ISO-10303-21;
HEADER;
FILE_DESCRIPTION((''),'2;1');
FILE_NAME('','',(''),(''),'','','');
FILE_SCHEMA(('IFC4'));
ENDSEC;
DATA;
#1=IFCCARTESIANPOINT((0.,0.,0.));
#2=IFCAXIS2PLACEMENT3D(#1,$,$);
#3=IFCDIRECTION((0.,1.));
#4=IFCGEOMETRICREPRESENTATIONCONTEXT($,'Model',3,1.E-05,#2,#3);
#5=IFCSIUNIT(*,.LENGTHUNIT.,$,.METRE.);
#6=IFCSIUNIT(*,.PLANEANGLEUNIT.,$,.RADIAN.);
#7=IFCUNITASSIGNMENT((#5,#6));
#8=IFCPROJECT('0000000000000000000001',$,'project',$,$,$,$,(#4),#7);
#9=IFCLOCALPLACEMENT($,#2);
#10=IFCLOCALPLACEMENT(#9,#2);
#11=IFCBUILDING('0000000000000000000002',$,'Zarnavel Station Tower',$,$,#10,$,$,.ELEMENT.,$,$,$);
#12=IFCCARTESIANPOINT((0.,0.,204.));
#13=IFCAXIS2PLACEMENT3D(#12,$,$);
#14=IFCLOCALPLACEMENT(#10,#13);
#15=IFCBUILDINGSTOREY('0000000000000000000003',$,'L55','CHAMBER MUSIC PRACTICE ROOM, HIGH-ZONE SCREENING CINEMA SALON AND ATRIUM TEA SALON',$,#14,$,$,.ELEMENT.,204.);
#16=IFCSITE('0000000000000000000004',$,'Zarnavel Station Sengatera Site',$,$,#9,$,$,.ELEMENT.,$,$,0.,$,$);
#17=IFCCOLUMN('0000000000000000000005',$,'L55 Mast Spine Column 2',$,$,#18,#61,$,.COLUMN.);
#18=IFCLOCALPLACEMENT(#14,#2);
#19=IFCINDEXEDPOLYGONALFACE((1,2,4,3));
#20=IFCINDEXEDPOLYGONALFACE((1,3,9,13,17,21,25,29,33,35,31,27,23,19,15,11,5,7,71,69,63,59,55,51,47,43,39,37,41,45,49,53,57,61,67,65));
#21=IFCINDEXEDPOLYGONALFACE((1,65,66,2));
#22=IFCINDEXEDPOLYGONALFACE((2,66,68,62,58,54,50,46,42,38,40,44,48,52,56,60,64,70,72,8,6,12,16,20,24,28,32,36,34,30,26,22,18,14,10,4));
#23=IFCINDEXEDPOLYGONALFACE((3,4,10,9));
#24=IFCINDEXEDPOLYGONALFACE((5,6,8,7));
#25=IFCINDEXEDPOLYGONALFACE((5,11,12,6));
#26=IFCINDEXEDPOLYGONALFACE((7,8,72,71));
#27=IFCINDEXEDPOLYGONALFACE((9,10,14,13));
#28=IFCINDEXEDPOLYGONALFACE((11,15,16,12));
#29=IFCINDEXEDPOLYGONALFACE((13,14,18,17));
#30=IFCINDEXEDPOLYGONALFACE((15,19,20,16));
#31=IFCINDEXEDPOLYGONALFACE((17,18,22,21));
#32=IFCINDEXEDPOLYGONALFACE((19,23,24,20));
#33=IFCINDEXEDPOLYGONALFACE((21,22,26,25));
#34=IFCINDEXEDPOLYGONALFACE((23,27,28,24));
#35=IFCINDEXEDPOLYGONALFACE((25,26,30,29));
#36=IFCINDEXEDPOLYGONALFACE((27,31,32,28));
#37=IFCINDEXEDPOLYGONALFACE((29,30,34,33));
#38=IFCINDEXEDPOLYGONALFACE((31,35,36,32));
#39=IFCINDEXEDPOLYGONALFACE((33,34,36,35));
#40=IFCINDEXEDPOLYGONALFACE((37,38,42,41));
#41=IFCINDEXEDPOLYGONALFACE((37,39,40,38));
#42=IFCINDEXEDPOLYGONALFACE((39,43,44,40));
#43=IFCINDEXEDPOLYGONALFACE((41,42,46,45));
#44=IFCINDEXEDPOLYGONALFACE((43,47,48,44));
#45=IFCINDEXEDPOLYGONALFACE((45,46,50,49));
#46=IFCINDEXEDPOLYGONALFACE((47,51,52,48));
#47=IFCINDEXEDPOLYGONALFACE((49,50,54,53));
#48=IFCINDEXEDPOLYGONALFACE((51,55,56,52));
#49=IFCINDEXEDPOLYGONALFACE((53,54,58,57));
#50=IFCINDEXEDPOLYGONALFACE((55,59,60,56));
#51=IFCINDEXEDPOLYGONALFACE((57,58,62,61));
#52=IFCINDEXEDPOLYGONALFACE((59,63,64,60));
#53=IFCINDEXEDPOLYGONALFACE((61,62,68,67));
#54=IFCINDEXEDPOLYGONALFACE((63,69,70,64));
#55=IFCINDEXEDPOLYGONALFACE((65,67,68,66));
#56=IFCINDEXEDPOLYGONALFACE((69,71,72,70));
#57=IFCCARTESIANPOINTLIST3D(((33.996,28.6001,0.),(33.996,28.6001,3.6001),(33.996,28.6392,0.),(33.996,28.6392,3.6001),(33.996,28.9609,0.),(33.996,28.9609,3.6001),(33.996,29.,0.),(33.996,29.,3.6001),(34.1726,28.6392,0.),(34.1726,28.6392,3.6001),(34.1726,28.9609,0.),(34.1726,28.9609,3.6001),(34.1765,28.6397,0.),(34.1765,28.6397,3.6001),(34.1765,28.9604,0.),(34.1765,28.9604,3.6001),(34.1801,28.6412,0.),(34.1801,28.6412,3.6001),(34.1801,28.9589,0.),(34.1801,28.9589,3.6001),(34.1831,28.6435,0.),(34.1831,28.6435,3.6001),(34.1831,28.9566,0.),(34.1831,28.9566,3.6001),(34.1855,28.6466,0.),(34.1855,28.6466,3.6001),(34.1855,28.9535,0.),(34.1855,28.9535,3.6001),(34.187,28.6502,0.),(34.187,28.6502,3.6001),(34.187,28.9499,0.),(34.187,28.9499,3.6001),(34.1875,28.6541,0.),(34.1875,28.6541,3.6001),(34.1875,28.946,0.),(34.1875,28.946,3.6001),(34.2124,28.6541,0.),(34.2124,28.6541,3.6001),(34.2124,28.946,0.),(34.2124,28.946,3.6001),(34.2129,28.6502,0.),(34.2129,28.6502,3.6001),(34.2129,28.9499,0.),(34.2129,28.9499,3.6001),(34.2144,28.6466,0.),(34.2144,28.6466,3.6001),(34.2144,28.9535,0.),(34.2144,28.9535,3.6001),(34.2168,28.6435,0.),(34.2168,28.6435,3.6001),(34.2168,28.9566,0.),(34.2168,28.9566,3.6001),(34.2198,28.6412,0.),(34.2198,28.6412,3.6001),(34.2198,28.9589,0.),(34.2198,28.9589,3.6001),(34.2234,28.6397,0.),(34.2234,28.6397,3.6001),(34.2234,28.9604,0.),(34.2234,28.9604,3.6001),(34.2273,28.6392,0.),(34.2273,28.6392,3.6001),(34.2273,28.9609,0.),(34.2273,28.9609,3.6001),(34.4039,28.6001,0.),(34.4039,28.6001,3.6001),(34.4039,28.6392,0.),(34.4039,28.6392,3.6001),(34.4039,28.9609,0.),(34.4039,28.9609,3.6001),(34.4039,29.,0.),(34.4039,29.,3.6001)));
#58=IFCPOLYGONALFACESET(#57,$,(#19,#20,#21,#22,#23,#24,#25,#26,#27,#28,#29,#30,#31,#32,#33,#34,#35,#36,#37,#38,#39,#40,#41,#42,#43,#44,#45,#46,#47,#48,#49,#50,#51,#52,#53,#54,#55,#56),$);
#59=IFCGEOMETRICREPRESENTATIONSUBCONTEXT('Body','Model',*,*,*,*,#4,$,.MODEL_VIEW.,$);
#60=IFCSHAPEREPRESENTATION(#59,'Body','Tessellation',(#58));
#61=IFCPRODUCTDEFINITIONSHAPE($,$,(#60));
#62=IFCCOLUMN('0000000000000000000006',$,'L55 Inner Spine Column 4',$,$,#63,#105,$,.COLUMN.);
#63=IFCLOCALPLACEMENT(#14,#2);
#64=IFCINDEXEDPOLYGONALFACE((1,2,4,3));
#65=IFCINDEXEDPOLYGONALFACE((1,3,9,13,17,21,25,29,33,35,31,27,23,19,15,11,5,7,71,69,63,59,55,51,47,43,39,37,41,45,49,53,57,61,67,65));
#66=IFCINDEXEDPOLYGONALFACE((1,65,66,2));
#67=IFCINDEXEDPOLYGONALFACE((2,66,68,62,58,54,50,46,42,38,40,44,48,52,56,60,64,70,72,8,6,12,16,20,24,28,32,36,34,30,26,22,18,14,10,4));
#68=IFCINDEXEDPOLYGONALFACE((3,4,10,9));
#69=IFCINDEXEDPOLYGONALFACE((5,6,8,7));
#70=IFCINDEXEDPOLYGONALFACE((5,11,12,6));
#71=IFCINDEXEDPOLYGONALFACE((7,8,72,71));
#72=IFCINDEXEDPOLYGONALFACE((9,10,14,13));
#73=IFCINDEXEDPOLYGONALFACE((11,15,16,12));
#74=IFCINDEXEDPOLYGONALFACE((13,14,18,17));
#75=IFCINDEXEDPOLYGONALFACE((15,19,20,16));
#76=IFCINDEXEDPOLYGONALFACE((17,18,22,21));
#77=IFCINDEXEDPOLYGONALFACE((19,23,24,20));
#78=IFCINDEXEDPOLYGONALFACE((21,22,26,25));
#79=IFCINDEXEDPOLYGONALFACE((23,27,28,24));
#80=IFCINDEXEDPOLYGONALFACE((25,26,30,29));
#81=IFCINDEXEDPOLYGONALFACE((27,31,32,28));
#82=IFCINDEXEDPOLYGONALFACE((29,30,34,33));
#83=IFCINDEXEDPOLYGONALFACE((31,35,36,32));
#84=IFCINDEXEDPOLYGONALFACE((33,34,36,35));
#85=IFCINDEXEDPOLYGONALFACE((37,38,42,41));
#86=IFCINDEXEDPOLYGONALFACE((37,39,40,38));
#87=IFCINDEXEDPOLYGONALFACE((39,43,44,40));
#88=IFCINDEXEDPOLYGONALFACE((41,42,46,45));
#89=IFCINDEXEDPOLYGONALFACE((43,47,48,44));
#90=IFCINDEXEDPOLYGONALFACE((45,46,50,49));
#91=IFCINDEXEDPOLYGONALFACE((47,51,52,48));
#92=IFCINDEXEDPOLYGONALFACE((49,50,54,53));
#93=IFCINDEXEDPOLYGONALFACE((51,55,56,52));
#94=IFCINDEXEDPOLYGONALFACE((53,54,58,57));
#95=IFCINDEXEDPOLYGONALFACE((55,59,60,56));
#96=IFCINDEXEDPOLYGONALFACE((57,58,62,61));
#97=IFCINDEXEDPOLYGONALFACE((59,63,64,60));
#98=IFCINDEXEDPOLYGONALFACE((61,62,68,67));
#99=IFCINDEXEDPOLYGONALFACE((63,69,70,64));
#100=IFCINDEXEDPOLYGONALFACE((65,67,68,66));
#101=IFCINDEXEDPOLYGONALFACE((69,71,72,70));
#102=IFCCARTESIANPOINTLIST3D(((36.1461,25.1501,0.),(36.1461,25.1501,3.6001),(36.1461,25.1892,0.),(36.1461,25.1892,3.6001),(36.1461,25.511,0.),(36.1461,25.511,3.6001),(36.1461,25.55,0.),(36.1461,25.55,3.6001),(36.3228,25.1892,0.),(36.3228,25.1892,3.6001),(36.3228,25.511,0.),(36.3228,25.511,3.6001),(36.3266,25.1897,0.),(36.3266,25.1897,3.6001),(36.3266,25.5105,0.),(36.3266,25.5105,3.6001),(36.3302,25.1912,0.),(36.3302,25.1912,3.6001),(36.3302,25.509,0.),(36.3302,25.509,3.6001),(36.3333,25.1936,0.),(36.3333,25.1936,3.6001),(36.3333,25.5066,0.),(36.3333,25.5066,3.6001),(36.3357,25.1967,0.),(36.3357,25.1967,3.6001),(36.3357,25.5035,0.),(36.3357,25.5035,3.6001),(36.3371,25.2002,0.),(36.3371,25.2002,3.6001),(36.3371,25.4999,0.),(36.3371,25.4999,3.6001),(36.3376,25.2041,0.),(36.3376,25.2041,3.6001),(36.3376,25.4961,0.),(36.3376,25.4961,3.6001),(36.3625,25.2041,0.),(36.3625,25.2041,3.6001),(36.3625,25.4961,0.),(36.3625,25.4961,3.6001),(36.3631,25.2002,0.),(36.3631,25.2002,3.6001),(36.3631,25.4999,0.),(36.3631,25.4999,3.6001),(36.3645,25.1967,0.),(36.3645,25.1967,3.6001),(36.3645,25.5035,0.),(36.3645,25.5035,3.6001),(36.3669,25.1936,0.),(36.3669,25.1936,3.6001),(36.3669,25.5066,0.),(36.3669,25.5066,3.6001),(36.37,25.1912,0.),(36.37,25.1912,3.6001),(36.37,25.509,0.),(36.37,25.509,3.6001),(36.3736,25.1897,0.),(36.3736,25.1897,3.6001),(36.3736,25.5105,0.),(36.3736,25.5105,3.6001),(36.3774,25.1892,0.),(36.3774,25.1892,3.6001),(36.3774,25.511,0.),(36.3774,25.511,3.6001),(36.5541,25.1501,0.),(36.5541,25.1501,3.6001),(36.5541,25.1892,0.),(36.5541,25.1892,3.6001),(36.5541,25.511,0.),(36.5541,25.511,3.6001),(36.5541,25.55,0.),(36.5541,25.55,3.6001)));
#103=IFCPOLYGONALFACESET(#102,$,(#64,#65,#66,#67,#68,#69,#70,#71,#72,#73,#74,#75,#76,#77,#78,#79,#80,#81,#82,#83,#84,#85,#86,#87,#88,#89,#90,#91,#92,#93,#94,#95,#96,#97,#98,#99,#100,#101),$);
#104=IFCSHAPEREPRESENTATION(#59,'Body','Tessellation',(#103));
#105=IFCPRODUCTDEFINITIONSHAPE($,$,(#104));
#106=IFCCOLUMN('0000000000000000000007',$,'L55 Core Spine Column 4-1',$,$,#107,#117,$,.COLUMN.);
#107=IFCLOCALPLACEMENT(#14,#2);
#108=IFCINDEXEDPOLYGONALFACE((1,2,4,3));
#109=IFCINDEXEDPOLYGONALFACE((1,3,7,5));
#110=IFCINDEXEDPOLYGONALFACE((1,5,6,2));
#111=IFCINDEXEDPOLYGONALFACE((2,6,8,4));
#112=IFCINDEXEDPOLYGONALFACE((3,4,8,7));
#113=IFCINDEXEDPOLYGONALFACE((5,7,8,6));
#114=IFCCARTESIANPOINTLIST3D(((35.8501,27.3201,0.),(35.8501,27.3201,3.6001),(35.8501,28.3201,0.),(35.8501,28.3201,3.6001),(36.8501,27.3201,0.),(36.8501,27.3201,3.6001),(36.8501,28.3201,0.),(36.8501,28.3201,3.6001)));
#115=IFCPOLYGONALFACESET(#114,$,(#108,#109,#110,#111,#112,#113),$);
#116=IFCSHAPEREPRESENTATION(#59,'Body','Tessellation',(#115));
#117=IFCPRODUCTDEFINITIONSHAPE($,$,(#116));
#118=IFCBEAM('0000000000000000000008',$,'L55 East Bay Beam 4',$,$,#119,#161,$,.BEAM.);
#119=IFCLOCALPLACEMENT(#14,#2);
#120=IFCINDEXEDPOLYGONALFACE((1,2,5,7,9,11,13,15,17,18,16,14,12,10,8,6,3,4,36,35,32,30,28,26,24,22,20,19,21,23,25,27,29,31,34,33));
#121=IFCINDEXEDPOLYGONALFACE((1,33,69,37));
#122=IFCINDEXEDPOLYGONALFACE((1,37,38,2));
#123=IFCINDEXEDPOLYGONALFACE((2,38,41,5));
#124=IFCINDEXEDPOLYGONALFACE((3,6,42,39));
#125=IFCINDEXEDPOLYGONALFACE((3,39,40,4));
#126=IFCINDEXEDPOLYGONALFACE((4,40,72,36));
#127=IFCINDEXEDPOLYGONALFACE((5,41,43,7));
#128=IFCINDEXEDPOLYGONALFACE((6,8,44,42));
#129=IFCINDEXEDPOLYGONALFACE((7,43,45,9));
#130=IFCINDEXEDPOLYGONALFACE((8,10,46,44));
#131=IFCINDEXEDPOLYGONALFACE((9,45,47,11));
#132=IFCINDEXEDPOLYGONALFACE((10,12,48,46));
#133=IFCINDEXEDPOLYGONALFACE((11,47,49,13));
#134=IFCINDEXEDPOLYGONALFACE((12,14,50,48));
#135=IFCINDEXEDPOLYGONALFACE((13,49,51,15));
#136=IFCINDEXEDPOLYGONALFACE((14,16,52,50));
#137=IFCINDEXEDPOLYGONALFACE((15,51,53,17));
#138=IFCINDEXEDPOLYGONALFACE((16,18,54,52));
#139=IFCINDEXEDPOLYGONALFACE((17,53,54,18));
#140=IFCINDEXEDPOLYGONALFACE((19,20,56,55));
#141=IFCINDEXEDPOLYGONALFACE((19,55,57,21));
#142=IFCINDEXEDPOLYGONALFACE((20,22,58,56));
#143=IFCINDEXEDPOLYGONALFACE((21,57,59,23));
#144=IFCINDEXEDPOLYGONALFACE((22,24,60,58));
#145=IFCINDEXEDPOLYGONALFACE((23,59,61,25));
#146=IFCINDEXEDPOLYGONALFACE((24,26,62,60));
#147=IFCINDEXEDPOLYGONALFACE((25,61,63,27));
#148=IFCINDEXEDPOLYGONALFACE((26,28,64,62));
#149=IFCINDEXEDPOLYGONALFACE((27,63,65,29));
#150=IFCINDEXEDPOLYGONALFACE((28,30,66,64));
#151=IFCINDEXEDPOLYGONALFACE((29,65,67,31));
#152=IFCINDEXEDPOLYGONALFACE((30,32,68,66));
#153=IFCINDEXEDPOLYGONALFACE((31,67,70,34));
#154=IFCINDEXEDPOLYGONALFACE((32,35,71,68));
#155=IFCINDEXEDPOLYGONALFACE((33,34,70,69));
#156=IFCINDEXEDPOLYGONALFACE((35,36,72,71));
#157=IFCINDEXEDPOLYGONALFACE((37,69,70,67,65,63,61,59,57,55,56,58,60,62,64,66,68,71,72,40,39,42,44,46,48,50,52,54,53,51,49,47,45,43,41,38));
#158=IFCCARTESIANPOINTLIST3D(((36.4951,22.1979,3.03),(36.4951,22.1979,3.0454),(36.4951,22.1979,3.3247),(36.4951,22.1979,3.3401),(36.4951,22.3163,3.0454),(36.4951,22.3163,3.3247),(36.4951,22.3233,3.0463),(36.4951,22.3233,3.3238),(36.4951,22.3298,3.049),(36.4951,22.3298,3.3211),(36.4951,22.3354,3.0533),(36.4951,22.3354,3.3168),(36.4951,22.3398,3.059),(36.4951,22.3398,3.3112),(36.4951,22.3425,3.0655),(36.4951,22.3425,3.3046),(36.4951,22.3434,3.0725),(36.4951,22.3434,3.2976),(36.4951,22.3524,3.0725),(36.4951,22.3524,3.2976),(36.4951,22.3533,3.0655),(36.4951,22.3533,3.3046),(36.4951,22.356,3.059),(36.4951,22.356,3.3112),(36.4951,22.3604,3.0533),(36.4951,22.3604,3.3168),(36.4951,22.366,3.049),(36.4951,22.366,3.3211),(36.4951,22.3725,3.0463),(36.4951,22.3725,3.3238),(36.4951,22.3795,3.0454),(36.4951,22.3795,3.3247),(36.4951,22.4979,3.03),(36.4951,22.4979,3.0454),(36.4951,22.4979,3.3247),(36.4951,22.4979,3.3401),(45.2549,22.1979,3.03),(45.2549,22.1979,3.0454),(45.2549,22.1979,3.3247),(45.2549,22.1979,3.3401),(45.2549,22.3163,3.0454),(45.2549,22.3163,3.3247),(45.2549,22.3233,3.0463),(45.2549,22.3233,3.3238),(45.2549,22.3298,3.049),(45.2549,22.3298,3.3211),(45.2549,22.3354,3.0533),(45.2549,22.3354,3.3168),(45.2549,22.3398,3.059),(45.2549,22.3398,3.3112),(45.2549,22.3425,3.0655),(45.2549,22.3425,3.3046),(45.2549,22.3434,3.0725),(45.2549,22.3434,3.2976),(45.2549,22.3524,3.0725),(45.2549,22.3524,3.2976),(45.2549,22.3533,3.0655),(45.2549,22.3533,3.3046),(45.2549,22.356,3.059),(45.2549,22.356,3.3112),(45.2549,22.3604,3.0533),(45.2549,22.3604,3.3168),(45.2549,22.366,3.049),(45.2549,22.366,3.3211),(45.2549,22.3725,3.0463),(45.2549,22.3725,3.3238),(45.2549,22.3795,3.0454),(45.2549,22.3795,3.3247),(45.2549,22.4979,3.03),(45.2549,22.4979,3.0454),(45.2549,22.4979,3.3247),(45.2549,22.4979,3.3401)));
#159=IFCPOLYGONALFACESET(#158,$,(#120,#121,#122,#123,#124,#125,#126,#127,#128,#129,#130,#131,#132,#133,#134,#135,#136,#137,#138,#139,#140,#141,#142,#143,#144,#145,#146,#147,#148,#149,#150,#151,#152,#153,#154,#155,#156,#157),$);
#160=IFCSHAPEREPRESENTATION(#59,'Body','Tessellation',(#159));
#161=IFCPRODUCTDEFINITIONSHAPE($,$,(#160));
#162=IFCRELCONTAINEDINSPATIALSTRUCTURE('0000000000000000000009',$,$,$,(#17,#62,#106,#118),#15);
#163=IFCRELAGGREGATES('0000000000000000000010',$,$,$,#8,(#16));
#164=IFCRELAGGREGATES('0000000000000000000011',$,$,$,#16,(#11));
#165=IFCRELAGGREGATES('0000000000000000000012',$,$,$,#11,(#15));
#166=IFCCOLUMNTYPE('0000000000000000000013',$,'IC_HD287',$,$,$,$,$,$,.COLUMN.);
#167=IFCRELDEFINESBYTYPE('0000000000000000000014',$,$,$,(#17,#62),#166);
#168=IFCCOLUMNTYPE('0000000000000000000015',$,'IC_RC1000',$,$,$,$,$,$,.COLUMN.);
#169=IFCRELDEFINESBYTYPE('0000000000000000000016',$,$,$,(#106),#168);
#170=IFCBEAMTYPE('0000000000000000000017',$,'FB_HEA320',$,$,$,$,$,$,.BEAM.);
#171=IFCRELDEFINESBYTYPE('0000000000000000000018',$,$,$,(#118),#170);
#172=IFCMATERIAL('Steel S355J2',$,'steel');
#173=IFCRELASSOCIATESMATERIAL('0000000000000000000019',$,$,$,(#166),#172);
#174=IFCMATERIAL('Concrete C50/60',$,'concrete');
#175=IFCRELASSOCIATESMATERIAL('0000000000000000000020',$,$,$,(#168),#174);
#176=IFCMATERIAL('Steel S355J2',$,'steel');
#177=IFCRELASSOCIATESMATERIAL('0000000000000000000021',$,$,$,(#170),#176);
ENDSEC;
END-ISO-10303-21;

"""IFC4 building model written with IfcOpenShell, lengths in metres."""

from ifc_helpers import new_model, si_unit, direction, frame, origin, origin_2d, place, context, subcontext, project, spatial, rectangle, i_section, extrude, material, material_profile, profile_set, type_object, element, save


model = new_model("IFC4")

# Units and contexts
model_context = context("Model", 3, precision=1e-05, world=origin(), true_north=direction((0.0, 1.0)))
body_context = subcontext(model_context, "Body", "Model", "MODEL_VIEW")
ifc_project = project(units=[si_unit("LENGTHUNIT", "METRE"), si_unit("PLANEANGLEUNIT", "RADIAN")], contexts=[model_context])

# Site, building, storey
site_placement = place(None, origin())
site = spatial("IfcSite", under=ifc_project, at=site_placement, Name="Zarnavel Station Sengatera Site", CompositionType="ELEMENT", RefElevation=0.0)
building_placement = place(site_placement, origin())
building = spatial("IfcBuilding", under=site, at=building_placement, Name="Zarnavel Station Tower", CompositionType="ELEMENT")
storey_placement = place(building_placement, frame((0.0, 0.0, 204.0)))
storey = spatial("IfcBuildingStorey", under=building, at=storey_placement, Name="L55", Description="CHAMBER MUSIC PRACTICE ROOM, HIGH-ZONE SCREENING CINEMA SALON AND ATRIUM TEA SALON", CompositionType="ELEMENT", Elevation=204.0)

# Columns
ifc_material_1 = material(Name="Steel S355J2", Category="steel")
ifc_material_profile_1 = material_profile(ifc_material_1, i_section(OverallWidth=0.408, OverallDepth=0.3999, WebThickness=0.0249, FlangeThickness=0.0391, FilletRadius=0.0149, at=origin_2d()), Name="HD400x287")
ifc_profile_set_1 = profile_set([ifc_material_profile_1], Name="Steel S355J2")
column_type_1 = type_object("IfcColumnType", Name="IC_HD287", PredefinedType="COLUMN", material=ifc_profile_set_1)
for number, where, z_axis, x_axis, name in (
    (1, (34.2, 28.8, 0.0), (0.0, 0.0, 1.0), (1.0, 0.0, 0.0), "L55 Mast Spine Column 2"),
    (2, (36.3501, 25.3501, 0.0), (0.0, 0.0, 1.0), (1.0, 0.0, 0.0), "L55 Inner Spine Column 4"),
):
    element("IfcColumn", number, at=place(storey_placement, frame(where, z_axis=z_axis, x_axis=x_axis)), inside=storey, type_object=column_type_1, Name=name, PredefinedType="COLUMN", context=body_context, shape_type="SweptSolid", body=[
        extrude(i_section(OverallWidth=0.408, OverallDepth=0.3999, WebThickness=0.0249, FlangeThickness=0.0391, FilletRadius=0.0149, at=origin_2d()), origin(), (0.0, 0.0, 1.0), 3.6001),
    ])
ifc_material_2 = material(Name="Concrete C50/60", Category="concrete")
ifc_material_profile_2 = material_profile(ifc_material_2, rectangle(XDim=1.0, YDim=1.0, at=origin_2d()), Name="RC1000x1000")
ifc_profile_set_2 = profile_set([ifc_material_profile_2], Name="Concrete C50/60")
column_type_2 = type_object("IfcColumnType", Name="IC_RC1000", PredefinedType="COLUMN", material=ifc_profile_set_2)
column_placement = place(storey_placement, frame((36.3501, 27.8201, 0.0), z_axis=(0.0, 0.0, 1.0), x_axis=(1.0, 0.0, 0.0)))
element("IfcColumn", 3, at=column_placement, inside=storey, type_object=column_type_2, Name="L55 Core Spine Column 4-1", PredefinedType="COLUMN", context=body_context, shape_type="SweptSolid", body=[
    extrude(rectangle(XDim=1.0, YDim=1.0, at=origin_2d()), origin(), (0.0, 0.0, 1.0), 3.6001),
])

# Beam
ifc_material_3 = material(Name="Steel S355J2", Category="steel")
ifc_material_profile_3 = material_profile(ifc_material_3, i_section(OverallWidth=0.3, OverallDepth=0.3101, WebThickness=0.009, FlangeThickness=0.0154, FilletRadius=0.0271, at=origin_2d()), Name="HEA320")
ifc_profile_set_3 = profile_set([ifc_material_profile_3], Name="Steel S355J2")
beam_type_1 = type_object("IfcBeamType", Name="FB_HEA320", PredefinedType="BEAM", material=ifc_profile_set_3)
beam_1_placement = place(storey_placement, frame((36.4951, 22.3479, 3.1851), z_axis=(1.0, 0.0, 0.0), x_axis=(0.0, 1.0, 0.0)))
element("IfcBeam", 4, at=beam_1_placement, inside=storey, type_object=beam_type_1, Name="L55 East Bay Beam 4", PredefinedType="BEAM", context=body_context, shape_type="SweptSolid", body=[
    extrude(i_section(OverallWidth=0.3, OverallDepth=0.3101, WebThickness=0.009, FlangeThickness=0.0154, FilletRadius=0.0271, at=origin_2d()), origin(), (0.0, 0.0, 1.0), 8.7598),
])

save(model, "model.ifc")
